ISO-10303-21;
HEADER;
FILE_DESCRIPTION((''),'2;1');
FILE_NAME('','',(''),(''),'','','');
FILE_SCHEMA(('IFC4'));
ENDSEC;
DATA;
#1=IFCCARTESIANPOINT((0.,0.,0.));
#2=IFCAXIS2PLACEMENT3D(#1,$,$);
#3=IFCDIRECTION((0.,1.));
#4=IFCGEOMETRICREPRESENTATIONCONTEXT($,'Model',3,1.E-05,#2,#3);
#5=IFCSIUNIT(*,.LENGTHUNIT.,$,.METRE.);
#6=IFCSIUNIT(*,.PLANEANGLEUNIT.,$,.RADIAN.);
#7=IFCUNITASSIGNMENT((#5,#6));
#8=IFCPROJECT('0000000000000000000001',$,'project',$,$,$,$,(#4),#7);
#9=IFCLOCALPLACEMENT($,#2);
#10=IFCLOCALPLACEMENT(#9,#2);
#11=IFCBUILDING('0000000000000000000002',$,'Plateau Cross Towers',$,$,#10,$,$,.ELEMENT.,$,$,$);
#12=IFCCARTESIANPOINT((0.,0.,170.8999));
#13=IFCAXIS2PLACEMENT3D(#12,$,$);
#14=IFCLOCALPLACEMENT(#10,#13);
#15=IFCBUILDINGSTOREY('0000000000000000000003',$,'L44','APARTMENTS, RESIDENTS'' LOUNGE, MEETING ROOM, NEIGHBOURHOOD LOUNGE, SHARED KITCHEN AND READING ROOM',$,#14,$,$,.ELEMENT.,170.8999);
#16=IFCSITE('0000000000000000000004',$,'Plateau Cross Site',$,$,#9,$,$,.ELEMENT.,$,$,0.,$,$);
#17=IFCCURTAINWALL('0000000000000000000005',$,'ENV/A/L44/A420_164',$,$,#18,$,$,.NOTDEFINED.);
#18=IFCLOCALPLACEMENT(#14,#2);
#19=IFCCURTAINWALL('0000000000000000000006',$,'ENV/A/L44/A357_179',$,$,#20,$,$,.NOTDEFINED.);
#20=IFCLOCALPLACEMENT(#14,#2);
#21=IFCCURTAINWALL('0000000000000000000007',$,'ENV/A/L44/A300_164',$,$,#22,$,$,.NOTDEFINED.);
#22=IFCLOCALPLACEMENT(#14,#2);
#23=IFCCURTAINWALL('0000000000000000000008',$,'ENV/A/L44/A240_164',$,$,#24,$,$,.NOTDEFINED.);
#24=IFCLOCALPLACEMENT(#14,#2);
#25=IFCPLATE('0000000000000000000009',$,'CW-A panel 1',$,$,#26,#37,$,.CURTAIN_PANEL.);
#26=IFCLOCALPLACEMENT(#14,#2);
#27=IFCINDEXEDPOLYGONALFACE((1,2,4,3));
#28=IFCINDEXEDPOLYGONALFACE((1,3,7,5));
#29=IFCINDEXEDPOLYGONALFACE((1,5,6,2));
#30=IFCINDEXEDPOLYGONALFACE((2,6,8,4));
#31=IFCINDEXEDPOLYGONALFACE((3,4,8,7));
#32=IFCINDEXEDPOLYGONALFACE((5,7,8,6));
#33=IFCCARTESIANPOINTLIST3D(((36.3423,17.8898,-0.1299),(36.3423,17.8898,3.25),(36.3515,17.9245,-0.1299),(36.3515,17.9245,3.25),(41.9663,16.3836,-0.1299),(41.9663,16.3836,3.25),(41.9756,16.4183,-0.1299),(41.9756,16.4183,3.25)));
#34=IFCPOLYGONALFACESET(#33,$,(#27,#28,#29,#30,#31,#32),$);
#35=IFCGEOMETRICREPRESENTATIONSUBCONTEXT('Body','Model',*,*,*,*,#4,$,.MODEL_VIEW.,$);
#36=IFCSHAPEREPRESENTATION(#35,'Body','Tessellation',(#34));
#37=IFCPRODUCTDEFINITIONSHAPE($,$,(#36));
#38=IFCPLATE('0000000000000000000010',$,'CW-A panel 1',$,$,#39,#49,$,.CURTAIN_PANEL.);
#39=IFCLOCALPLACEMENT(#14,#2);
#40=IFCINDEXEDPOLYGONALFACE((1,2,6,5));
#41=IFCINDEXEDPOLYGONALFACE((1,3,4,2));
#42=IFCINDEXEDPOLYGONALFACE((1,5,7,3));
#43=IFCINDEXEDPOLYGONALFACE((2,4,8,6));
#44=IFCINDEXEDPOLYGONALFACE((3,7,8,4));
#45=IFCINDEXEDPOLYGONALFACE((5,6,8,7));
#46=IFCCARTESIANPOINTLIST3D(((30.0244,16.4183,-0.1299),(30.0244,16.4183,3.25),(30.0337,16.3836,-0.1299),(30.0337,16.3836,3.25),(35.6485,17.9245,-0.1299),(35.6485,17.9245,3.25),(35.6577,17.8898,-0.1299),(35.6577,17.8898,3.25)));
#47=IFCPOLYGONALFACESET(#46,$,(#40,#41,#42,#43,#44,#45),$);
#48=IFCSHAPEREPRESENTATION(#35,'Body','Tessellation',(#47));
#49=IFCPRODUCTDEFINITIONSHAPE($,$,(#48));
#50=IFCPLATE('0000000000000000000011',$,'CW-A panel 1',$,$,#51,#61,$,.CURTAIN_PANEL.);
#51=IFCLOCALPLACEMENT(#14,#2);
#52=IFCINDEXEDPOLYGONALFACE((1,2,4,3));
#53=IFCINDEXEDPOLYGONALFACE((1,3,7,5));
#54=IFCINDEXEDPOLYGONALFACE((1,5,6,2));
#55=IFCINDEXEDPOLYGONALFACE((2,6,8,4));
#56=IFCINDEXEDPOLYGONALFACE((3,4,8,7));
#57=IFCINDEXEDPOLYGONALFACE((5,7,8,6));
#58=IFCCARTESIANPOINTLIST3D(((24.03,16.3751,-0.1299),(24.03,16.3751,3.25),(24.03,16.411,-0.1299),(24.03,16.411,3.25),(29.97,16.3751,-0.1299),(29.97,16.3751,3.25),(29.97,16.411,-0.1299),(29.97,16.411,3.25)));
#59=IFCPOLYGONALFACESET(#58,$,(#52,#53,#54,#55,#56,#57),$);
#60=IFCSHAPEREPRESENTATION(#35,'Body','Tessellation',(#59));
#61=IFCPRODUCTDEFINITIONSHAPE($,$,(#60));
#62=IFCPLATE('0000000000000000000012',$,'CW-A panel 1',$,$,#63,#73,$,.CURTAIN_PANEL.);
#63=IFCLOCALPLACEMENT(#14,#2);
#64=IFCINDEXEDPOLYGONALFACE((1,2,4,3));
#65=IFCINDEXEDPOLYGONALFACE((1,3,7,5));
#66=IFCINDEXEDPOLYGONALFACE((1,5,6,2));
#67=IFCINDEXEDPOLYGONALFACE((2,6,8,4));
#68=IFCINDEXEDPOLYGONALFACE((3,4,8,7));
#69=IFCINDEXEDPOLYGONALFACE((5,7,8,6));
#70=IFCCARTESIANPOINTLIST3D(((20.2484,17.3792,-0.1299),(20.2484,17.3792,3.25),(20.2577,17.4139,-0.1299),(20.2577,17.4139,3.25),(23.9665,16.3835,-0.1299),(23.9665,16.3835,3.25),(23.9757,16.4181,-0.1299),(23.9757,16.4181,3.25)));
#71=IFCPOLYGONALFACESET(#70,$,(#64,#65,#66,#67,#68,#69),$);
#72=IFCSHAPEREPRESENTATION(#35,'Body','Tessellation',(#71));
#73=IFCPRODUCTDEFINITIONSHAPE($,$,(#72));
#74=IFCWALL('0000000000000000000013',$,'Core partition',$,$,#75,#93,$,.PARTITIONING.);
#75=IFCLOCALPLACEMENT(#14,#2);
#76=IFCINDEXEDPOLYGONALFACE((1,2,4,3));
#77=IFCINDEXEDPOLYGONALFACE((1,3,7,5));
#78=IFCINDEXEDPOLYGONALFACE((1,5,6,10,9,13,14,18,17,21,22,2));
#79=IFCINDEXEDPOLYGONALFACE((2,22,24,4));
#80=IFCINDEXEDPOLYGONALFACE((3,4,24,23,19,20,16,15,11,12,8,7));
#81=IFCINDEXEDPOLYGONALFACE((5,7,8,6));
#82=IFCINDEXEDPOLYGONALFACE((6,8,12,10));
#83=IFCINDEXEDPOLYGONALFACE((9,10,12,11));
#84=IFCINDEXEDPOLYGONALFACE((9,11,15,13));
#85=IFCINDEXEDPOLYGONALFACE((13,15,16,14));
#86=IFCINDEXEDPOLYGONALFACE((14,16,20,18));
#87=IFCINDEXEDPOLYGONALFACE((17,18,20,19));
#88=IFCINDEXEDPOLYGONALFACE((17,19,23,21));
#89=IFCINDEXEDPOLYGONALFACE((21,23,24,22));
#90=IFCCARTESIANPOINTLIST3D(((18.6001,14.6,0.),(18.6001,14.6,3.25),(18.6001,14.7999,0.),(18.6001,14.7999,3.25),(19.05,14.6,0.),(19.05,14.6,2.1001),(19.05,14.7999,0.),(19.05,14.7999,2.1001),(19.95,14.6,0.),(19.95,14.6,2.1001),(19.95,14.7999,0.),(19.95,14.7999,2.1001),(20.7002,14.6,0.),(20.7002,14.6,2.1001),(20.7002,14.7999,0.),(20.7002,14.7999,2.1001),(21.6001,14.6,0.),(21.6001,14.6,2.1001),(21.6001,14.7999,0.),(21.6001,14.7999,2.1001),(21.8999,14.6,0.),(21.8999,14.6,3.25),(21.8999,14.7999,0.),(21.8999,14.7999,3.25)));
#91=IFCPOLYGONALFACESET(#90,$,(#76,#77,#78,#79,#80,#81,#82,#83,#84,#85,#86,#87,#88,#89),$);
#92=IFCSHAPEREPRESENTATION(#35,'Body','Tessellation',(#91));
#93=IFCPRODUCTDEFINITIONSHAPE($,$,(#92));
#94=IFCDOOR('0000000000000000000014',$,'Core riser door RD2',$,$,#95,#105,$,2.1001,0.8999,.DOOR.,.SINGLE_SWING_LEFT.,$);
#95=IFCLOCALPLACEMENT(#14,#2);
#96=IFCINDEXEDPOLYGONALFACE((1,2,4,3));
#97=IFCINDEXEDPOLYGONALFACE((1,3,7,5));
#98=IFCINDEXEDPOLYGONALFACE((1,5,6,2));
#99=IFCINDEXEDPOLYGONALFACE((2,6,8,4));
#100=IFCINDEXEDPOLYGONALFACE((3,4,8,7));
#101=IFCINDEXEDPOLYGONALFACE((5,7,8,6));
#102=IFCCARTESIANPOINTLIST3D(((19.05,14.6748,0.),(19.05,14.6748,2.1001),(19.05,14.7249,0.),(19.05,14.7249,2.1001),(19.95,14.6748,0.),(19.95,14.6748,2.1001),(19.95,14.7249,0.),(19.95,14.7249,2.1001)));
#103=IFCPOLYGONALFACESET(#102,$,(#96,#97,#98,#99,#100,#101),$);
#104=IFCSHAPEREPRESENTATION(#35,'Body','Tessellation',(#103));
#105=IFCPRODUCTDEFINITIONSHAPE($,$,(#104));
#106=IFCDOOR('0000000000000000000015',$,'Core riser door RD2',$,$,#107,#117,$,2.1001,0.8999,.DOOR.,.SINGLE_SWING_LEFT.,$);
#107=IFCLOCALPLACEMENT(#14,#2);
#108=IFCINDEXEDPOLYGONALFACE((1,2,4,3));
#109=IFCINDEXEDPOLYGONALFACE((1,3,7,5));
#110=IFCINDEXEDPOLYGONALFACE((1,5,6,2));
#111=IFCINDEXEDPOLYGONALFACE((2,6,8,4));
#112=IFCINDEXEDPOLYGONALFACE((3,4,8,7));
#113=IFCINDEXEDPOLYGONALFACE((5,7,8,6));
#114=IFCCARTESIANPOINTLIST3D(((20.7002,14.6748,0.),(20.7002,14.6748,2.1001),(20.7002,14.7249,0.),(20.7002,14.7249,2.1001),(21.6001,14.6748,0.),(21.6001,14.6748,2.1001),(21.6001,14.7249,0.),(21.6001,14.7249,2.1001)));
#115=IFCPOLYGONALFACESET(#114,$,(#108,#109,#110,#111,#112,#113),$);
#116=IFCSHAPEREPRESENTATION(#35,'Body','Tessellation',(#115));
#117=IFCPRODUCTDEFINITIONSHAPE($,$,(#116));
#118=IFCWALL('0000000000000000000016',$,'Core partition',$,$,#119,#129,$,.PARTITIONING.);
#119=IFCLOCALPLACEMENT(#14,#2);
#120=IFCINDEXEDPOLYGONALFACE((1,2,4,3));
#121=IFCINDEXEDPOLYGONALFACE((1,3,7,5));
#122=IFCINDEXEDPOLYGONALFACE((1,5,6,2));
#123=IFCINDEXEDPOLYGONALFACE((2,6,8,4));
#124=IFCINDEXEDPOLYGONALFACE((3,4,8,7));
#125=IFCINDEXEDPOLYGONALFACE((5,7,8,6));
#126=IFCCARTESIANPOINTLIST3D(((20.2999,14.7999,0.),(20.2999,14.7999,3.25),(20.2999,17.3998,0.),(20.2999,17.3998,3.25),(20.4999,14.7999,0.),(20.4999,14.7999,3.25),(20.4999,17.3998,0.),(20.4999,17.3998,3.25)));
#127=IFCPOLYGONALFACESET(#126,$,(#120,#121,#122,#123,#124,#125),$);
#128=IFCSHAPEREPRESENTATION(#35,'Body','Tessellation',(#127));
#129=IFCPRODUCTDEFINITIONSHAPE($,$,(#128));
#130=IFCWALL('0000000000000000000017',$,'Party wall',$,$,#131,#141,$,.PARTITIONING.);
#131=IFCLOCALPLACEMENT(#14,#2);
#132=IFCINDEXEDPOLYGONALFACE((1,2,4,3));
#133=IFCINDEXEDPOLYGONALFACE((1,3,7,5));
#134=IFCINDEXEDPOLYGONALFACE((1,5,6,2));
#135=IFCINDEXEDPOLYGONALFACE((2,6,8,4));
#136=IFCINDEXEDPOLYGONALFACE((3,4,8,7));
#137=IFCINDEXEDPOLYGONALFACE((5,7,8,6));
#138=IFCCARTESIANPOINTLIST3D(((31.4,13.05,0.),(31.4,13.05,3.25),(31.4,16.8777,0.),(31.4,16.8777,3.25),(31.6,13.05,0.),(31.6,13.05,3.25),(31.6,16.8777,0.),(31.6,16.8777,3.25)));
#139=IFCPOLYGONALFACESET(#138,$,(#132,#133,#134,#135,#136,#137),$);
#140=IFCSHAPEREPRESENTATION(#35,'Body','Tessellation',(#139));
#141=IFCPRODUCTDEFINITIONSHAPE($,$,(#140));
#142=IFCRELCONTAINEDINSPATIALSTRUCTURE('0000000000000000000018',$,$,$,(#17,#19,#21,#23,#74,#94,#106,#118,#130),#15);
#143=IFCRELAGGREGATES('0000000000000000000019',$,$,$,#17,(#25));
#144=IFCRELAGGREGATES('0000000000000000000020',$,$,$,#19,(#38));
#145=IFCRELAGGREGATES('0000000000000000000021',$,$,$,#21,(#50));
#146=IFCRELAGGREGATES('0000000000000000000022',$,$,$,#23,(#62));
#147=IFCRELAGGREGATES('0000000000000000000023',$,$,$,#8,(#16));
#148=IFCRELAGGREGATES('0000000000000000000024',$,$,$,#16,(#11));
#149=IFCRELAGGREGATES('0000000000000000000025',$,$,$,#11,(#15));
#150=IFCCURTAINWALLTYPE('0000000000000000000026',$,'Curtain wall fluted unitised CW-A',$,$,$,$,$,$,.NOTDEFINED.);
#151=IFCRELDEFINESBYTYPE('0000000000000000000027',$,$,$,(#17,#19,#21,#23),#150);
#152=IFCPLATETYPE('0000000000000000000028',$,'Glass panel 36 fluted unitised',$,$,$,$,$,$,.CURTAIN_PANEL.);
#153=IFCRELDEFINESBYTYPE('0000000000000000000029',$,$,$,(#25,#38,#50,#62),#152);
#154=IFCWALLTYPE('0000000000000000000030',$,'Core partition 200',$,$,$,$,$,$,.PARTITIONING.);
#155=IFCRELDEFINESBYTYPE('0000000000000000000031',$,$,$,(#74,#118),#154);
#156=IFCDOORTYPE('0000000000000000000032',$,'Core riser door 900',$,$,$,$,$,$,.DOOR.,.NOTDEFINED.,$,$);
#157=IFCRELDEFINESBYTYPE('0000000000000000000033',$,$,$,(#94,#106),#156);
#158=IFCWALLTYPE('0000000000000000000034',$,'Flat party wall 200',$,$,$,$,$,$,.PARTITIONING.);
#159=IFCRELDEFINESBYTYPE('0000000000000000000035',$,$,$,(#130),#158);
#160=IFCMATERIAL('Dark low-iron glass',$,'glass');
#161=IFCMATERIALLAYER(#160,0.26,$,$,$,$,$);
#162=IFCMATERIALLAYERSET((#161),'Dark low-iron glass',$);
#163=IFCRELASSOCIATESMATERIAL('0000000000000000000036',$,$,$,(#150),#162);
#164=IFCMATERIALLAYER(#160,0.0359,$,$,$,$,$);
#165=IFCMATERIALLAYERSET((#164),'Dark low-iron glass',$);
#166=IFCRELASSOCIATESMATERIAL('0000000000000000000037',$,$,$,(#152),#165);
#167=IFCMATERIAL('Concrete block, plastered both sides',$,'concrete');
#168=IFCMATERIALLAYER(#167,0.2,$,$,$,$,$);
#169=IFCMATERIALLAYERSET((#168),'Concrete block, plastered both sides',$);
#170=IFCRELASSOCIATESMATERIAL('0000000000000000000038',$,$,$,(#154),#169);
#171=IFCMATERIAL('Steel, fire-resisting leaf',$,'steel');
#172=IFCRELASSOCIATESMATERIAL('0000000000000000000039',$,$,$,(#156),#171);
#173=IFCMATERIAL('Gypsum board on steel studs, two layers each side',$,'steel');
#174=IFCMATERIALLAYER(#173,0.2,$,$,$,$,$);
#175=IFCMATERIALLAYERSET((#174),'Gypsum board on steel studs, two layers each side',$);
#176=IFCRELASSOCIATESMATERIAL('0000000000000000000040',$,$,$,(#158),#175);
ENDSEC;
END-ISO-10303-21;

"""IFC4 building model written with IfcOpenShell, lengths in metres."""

from ifc_helpers import new_model, si_unit, direction, frame, frame_2d, origin, origin_2d, place, context, subcontext, project, spatial, rectangle, extrude, material, layer, layer_set, type_object, element, fill, aggregate, save


model = new_model("IFC4")

# Units and contexts
model_context = context("Model", 3, precision=1e-05, world=origin(), true_north=direction((0.0, 1.0)))
body_context = subcontext(model_context, "Body", "Model", "MODEL_VIEW")
ifc_project = project(units=[si_unit("LENGTHUNIT", "METRE"), si_unit("PLANEANGLEUNIT", "RADIAN")], contexts=[model_context])

# Site, building, storey
site_placement = place(None, origin())
site = spatial("IfcSite", under=ifc_project, at=site_placement, Name="Plateau Cross Site", CompositionType="ELEMENT", RefElevation=0.0)
building_placement = place(site_placement, origin())
building = spatial("IfcBuilding", under=site, at=building_placement, Name="Plateau Cross Towers", CompositionType="ELEMENT")
storey_placement = place(building_placement, frame((0.0, 0.0, 170.8999)))
storey = spatial("IfcBuildingStorey", under=building, at=storey_placement, Name="L44", Description="APARTMENTS, RESIDENTS' LOUNGE, MEETING ROOM, NEIGHBOURHOOD LOUNGE, SHARED KITCHEN AND READING ROOM", CompositionType="ELEMENT", Elevation=170.8999)

# Shared definitions
ifc_material_1 = material(Name="Dark low-iron glass", Category="glass")

# Curtain walls
ifc_layer_1 = layer(ifc_material_1, 0.26)
ifc_layer_set_1 = layer_set([ifc_layer_1], Name="Dark low-iron glass")
curtain_wall_type_1 = type_object("IfcCurtainWallType", Name="Curtain wall fluted unitised CW-A", PredefinedType="NOTDEFINED", material=ifc_layer_set_1)
curtain_wall_1_placement = place(storey_placement, origin())
curtain_wall_1 = element("IfcCurtainWall", 1, at=curtain_wall_1_placement, inside=storey, type_object=curtain_wall_type_1, Name="ENV/A/L44/A420_164", PredefinedType="NOTDEFINED")
curtain_wall_2_placement = place(storey_placement, origin())
curtain_wall_2 = element("IfcCurtainWall", 2, at=curtain_wall_2_placement, inside=storey, type_object=curtain_wall_type_1, Name="ENV/A/L44/A357_179", PredefinedType="NOTDEFINED")
curtain_wall_3_placement = place(storey_placement, origin())
curtain_wall_3 = element("IfcCurtainWall", 3, at=curtain_wall_3_placement, inside=storey, type_object=curtain_wall_type_1, Name="ENV/A/L44/A300_164", PredefinedType="NOTDEFINED")
curtain_wall_4_placement = place(storey_placement, origin())
curtain_wall_4 = element("IfcCurtainWall", 4, at=curtain_wall_4_placement, inside=storey, type_object=curtain_wall_type_1, Name="ENV/A/L44/A240_164", PredefinedType="NOTDEFINED")

# Plates
ifc_layer_2 = layer(ifc_material_1, 0.0359)
ifc_layer_set_2 = layer_set([ifc_layer_2], Name="Dark low-iron glass")
plate_type_1 = type_object("IfcPlateType", Name="Glass panel 36 fluted unitised", PredefinedType="CURTAIN_PANEL", material=ifc_layer_set_2)
plate_1_placement = place(storey_placement, frame((39.1589, 17.1541, -0.1299), z_axis=(0.0, 0.0, 1.0), x_axis=(-0.965958, 0.258699, 0.0)))
plate_1 = element("IfcPlate", 5, at=plate_1_placement, type_object=plate_type_1, Name="CW-A panel 1", PredefinedType="CURTAIN_PANEL", context=body_context, shape_type="SweptSolid", body=[
    extrude(rectangle(XDim=5.8223, YDim=0.0359, at=origin_2d()), origin(), (0.0, 0.0, 1.0), 3.3799),
])
aggregate(curtain_wall_1, [plate_1])
plate_2_placement = place(storey_placement, frame((32.8411, 17.1541, -0.1299), z_axis=(0.0, 0.0, 1.0), x_axis=(-0.965958, -0.258699, 0.0)))
plate_2 = element("IfcPlate", 6, at=plate_2_placement, type_object=plate_type_1, Name="CW-A panel 1", PredefinedType="CURTAIN_PANEL", context=body_context, shape_type="SweptSolid", body=[
    extrude(rectangle(XDim=5.8223, YDim=0.0359, at=origin_2d()), origin(), (0.0, 0.0, 1.0), 3.3799),
])
aggregate(curtain_wall_2, [plate_2])
plate_3_placement = place(storey_placement, frame((27.0, 16.3931, -0.1299), z_axis=(0.0, 0.0, 1.0), x_axis=(-1.0, 0.0, 0.0)))
plate_3 = element("IfcPlate", 7, at=plate_3_placement, type_object=plate_type_1, Name="CW-A panel 1", PredefinedType="CURTAIN_PANEL", context=body_context, shape_type="SweptSolid", body=[
    extrude(rectangle(XDim=5.9399, YDim=0.0359, at=origin_2d()), origin(), (0.0, 0.0, 1.0), 3.3799),
])
aggregate(curtain_wall_3, [plate_3])
plate_4_placement = place(storey_placement, frame((22.1121, 16.8987, -0.1299), z_axis=(0.0, 0.0, 1.0), x_axis=(-0.965958, 0.258699, 0.0)))
plate_4 = element("IfcPlate", 8, at=plate_4_placement, type_object=plate_type_1, Name="CW-A panel 1", PredefinedType="CURTAIN_PANEL", context=body_context, shape_type="SweptSolid", body=[
    extrude(rectangle(XDim=3.8491, YDim=0.0359, at=origin_2d()), origin(), (0.0, 0.0, 1.0), 3.3799),
])
aggregate(curtain_wall_4, [plate_4])

# Wall, openings, doors
ifc_material_2 = material(Name="Concrete block, plastered both sides", Category="concrete")
ifc_layer_3 = layer(ifc_material_2, 0.2)
ifc_layer_set_3 = layer_set([ifc_layer_3], Name="Concrete block, plastered both sides")
wall_type_1 = type_object("IfcWallType", Name="Core partition 200", PredefinedType="PARTITIONING", material=ifc_layer_set_3)
wall_1_placement = place(storey_placement, frame((18.6001, 14.7, 0.0), z_axis=(0.0, 0.0, 1.0), x_axis=(1.0, 0.0, 0.0)))
wall_1 = element("IfcWall", 9, at=wall_1_placement, inside=storey, type_object=wall_type_1, Name="Core partition", PredefinedType="PARTITIONING", context=body_context, shape_type="SweptSolid", body=[
    extrude(rectangle(XDim=3.2998, YDim=0.2, at=frame_2d((1.6499, 0.0))), origin(), (0.0, 0.0, 1.0), 3.25),
])
opening_1_placement = place(wall_1_placement, frame((0.45, 0.0, 0.0)))
opening_1 = element("IfcOpeningElement", 10, at=opening_1_placement, cuts=wall_1, PredefinedType="OPENING", context=body_context, shape_type="SweptSolid", body=[
    extrude(rectangle(XDim=0.8999, YDim=2.1001, at=frame_2d((0.45, 1.05))), frame((0.0, 0.1099, 0.0), z_axis=(0.0, -1.0, 0.0), x_axis=(1.0, 0.0, 0.0)), (0.0, 0.0, 1.0), 0.22),
])
opening_2_placement = place(wall_1_placement, frame((2.1001, 0.0, 0.0)))
opening_2 = element("IfcOpeningElement", 11, at=opening_2_placement, cuts=wall_1, PredefinedType="OPENING", context=body_context, shape_type="SweptSolid", body=[
    extrude(rectangle(XDim=0.8999, YDim=2.1001, at=frame_2d((0.45, 1.05))), frame((0.0, 0.1099, 0.0), z_axis=(0.0, -1.0, 0.0), x_axis=(1.0, 0.0, 0.0)), (0.0, 0.0, 1.0), 0.22),
])
ifc_material_3 = material(Name="Steel, fire-resisting leaf", Category="steel")
door_type = type_object("IfcDoorType", Name="Core riser door 900", OperationType="NOTDEFINED", PredefinedType="DOOR", material=ifc_material_3)
door_1_placement = place(opening_1_placement, origin())
door_1 = element("IfcDoor", 12, at=door_1_placement, inside=storey, type_object=door_type, Name="Core riser door RD2", OperationType="SINGLE_SWING_LEFT", OverallHeight=2.1001, OverallWidth=0.8999, PredefinedType="DOOR", context=body_context, shape_type="SweptSolid", body=[
    extrude(rectangle(XDim=0.8999, YDim=2.1001, at=frame_2d((0.45, 1.05))), frame((0.0, 0.0249, 0.0), z_axis=(0.0, -1.0, 0.0), x_axis=(1.0, 0.0, 0.0)), (0.0, 0.0, 1.0), 0.05),
])
fill(opening_1, door_1)
door_2_placement = place(opening_2_placement, origin())
door_2 = element("IfcDoor", 13, at=door_2_placement, inside=storey, type_object=door_type, Name="Core riser door RD2", OperationType="SINGLE_SWING_LEFT", OverallHeight=2.1001, OverallWidth=0.8999, PredefinedType="DOOR", context=body_context, shape_type="SweptSolid", body=[
    extrude(rectangle(XDim=0.8999, YDim=2.1001, at=frame_2d((0.45, 1.05))), frame((0.0, 0.0249, 0.0), z_axis=(0.0, -1.0, 0.0), x_axis=(1.0, 0.0, 0.0)), (0.0, 0.0, 1.0), 0.05),
])
fill(opening_2, door_2)

# Walls
wall_2_placement = place(storey_placement, frame((20.3999, 14.8, 0.0), z_axis=(0.0, 0.0, 1.0), x_axis=(0.0, 1.0, 0.0)))
element("IfcWall", 14, at=wall_2_placement, inside=storey, type_object=wall_type_1, Name="Core partition", PredefinedType="PARTITIONING", context=body_context, shape_type="SweptSolid", body=[
    extrude(rectangle(XDim=2.5999, YDim=0.2, at=frame_2d((1.2998, 0.0))), origin(), (0.0, 0.0, 1.0), 3.25),
])
ifc_material_4 = material(Name="Gypsum board on steel studs, two layers each side", Category="steel")
ifc_layer_4 = layer(ifc_material_4, 0.2)
ifc_layer_set_4 = layer_set([ifc_layer_4], Name="Gypsum board on steel studs, two layers each side")
wall_type_2 = type_object("IfcWallType", Name="Flat party wall 200", PredefinedType="PARTITIONING", material=ifc_layer_set_4)
wall_3_placement = place(storey_placement, frame((31.5, 16.8777, 0.0), z_axis=(0.0, 0.0, 1.0), x_axis=(0.0, -1.0, 0.0)))
element("IfcWall", 15, at=wall_3_placement, inside=storey, type_object=wall_type_2, Name="Party wall", PredefinedType="PARTITIONING", context=body_context, shape_type="SweptSolid", body=[
    extrude(rectangle(XDim=3.8276, YDim=0.2, at=frame_2d((1.9138, 0.0))), origin(), (0.0, 0.0, 1.0), 3.25),
])

save(model, "model.ifc")
